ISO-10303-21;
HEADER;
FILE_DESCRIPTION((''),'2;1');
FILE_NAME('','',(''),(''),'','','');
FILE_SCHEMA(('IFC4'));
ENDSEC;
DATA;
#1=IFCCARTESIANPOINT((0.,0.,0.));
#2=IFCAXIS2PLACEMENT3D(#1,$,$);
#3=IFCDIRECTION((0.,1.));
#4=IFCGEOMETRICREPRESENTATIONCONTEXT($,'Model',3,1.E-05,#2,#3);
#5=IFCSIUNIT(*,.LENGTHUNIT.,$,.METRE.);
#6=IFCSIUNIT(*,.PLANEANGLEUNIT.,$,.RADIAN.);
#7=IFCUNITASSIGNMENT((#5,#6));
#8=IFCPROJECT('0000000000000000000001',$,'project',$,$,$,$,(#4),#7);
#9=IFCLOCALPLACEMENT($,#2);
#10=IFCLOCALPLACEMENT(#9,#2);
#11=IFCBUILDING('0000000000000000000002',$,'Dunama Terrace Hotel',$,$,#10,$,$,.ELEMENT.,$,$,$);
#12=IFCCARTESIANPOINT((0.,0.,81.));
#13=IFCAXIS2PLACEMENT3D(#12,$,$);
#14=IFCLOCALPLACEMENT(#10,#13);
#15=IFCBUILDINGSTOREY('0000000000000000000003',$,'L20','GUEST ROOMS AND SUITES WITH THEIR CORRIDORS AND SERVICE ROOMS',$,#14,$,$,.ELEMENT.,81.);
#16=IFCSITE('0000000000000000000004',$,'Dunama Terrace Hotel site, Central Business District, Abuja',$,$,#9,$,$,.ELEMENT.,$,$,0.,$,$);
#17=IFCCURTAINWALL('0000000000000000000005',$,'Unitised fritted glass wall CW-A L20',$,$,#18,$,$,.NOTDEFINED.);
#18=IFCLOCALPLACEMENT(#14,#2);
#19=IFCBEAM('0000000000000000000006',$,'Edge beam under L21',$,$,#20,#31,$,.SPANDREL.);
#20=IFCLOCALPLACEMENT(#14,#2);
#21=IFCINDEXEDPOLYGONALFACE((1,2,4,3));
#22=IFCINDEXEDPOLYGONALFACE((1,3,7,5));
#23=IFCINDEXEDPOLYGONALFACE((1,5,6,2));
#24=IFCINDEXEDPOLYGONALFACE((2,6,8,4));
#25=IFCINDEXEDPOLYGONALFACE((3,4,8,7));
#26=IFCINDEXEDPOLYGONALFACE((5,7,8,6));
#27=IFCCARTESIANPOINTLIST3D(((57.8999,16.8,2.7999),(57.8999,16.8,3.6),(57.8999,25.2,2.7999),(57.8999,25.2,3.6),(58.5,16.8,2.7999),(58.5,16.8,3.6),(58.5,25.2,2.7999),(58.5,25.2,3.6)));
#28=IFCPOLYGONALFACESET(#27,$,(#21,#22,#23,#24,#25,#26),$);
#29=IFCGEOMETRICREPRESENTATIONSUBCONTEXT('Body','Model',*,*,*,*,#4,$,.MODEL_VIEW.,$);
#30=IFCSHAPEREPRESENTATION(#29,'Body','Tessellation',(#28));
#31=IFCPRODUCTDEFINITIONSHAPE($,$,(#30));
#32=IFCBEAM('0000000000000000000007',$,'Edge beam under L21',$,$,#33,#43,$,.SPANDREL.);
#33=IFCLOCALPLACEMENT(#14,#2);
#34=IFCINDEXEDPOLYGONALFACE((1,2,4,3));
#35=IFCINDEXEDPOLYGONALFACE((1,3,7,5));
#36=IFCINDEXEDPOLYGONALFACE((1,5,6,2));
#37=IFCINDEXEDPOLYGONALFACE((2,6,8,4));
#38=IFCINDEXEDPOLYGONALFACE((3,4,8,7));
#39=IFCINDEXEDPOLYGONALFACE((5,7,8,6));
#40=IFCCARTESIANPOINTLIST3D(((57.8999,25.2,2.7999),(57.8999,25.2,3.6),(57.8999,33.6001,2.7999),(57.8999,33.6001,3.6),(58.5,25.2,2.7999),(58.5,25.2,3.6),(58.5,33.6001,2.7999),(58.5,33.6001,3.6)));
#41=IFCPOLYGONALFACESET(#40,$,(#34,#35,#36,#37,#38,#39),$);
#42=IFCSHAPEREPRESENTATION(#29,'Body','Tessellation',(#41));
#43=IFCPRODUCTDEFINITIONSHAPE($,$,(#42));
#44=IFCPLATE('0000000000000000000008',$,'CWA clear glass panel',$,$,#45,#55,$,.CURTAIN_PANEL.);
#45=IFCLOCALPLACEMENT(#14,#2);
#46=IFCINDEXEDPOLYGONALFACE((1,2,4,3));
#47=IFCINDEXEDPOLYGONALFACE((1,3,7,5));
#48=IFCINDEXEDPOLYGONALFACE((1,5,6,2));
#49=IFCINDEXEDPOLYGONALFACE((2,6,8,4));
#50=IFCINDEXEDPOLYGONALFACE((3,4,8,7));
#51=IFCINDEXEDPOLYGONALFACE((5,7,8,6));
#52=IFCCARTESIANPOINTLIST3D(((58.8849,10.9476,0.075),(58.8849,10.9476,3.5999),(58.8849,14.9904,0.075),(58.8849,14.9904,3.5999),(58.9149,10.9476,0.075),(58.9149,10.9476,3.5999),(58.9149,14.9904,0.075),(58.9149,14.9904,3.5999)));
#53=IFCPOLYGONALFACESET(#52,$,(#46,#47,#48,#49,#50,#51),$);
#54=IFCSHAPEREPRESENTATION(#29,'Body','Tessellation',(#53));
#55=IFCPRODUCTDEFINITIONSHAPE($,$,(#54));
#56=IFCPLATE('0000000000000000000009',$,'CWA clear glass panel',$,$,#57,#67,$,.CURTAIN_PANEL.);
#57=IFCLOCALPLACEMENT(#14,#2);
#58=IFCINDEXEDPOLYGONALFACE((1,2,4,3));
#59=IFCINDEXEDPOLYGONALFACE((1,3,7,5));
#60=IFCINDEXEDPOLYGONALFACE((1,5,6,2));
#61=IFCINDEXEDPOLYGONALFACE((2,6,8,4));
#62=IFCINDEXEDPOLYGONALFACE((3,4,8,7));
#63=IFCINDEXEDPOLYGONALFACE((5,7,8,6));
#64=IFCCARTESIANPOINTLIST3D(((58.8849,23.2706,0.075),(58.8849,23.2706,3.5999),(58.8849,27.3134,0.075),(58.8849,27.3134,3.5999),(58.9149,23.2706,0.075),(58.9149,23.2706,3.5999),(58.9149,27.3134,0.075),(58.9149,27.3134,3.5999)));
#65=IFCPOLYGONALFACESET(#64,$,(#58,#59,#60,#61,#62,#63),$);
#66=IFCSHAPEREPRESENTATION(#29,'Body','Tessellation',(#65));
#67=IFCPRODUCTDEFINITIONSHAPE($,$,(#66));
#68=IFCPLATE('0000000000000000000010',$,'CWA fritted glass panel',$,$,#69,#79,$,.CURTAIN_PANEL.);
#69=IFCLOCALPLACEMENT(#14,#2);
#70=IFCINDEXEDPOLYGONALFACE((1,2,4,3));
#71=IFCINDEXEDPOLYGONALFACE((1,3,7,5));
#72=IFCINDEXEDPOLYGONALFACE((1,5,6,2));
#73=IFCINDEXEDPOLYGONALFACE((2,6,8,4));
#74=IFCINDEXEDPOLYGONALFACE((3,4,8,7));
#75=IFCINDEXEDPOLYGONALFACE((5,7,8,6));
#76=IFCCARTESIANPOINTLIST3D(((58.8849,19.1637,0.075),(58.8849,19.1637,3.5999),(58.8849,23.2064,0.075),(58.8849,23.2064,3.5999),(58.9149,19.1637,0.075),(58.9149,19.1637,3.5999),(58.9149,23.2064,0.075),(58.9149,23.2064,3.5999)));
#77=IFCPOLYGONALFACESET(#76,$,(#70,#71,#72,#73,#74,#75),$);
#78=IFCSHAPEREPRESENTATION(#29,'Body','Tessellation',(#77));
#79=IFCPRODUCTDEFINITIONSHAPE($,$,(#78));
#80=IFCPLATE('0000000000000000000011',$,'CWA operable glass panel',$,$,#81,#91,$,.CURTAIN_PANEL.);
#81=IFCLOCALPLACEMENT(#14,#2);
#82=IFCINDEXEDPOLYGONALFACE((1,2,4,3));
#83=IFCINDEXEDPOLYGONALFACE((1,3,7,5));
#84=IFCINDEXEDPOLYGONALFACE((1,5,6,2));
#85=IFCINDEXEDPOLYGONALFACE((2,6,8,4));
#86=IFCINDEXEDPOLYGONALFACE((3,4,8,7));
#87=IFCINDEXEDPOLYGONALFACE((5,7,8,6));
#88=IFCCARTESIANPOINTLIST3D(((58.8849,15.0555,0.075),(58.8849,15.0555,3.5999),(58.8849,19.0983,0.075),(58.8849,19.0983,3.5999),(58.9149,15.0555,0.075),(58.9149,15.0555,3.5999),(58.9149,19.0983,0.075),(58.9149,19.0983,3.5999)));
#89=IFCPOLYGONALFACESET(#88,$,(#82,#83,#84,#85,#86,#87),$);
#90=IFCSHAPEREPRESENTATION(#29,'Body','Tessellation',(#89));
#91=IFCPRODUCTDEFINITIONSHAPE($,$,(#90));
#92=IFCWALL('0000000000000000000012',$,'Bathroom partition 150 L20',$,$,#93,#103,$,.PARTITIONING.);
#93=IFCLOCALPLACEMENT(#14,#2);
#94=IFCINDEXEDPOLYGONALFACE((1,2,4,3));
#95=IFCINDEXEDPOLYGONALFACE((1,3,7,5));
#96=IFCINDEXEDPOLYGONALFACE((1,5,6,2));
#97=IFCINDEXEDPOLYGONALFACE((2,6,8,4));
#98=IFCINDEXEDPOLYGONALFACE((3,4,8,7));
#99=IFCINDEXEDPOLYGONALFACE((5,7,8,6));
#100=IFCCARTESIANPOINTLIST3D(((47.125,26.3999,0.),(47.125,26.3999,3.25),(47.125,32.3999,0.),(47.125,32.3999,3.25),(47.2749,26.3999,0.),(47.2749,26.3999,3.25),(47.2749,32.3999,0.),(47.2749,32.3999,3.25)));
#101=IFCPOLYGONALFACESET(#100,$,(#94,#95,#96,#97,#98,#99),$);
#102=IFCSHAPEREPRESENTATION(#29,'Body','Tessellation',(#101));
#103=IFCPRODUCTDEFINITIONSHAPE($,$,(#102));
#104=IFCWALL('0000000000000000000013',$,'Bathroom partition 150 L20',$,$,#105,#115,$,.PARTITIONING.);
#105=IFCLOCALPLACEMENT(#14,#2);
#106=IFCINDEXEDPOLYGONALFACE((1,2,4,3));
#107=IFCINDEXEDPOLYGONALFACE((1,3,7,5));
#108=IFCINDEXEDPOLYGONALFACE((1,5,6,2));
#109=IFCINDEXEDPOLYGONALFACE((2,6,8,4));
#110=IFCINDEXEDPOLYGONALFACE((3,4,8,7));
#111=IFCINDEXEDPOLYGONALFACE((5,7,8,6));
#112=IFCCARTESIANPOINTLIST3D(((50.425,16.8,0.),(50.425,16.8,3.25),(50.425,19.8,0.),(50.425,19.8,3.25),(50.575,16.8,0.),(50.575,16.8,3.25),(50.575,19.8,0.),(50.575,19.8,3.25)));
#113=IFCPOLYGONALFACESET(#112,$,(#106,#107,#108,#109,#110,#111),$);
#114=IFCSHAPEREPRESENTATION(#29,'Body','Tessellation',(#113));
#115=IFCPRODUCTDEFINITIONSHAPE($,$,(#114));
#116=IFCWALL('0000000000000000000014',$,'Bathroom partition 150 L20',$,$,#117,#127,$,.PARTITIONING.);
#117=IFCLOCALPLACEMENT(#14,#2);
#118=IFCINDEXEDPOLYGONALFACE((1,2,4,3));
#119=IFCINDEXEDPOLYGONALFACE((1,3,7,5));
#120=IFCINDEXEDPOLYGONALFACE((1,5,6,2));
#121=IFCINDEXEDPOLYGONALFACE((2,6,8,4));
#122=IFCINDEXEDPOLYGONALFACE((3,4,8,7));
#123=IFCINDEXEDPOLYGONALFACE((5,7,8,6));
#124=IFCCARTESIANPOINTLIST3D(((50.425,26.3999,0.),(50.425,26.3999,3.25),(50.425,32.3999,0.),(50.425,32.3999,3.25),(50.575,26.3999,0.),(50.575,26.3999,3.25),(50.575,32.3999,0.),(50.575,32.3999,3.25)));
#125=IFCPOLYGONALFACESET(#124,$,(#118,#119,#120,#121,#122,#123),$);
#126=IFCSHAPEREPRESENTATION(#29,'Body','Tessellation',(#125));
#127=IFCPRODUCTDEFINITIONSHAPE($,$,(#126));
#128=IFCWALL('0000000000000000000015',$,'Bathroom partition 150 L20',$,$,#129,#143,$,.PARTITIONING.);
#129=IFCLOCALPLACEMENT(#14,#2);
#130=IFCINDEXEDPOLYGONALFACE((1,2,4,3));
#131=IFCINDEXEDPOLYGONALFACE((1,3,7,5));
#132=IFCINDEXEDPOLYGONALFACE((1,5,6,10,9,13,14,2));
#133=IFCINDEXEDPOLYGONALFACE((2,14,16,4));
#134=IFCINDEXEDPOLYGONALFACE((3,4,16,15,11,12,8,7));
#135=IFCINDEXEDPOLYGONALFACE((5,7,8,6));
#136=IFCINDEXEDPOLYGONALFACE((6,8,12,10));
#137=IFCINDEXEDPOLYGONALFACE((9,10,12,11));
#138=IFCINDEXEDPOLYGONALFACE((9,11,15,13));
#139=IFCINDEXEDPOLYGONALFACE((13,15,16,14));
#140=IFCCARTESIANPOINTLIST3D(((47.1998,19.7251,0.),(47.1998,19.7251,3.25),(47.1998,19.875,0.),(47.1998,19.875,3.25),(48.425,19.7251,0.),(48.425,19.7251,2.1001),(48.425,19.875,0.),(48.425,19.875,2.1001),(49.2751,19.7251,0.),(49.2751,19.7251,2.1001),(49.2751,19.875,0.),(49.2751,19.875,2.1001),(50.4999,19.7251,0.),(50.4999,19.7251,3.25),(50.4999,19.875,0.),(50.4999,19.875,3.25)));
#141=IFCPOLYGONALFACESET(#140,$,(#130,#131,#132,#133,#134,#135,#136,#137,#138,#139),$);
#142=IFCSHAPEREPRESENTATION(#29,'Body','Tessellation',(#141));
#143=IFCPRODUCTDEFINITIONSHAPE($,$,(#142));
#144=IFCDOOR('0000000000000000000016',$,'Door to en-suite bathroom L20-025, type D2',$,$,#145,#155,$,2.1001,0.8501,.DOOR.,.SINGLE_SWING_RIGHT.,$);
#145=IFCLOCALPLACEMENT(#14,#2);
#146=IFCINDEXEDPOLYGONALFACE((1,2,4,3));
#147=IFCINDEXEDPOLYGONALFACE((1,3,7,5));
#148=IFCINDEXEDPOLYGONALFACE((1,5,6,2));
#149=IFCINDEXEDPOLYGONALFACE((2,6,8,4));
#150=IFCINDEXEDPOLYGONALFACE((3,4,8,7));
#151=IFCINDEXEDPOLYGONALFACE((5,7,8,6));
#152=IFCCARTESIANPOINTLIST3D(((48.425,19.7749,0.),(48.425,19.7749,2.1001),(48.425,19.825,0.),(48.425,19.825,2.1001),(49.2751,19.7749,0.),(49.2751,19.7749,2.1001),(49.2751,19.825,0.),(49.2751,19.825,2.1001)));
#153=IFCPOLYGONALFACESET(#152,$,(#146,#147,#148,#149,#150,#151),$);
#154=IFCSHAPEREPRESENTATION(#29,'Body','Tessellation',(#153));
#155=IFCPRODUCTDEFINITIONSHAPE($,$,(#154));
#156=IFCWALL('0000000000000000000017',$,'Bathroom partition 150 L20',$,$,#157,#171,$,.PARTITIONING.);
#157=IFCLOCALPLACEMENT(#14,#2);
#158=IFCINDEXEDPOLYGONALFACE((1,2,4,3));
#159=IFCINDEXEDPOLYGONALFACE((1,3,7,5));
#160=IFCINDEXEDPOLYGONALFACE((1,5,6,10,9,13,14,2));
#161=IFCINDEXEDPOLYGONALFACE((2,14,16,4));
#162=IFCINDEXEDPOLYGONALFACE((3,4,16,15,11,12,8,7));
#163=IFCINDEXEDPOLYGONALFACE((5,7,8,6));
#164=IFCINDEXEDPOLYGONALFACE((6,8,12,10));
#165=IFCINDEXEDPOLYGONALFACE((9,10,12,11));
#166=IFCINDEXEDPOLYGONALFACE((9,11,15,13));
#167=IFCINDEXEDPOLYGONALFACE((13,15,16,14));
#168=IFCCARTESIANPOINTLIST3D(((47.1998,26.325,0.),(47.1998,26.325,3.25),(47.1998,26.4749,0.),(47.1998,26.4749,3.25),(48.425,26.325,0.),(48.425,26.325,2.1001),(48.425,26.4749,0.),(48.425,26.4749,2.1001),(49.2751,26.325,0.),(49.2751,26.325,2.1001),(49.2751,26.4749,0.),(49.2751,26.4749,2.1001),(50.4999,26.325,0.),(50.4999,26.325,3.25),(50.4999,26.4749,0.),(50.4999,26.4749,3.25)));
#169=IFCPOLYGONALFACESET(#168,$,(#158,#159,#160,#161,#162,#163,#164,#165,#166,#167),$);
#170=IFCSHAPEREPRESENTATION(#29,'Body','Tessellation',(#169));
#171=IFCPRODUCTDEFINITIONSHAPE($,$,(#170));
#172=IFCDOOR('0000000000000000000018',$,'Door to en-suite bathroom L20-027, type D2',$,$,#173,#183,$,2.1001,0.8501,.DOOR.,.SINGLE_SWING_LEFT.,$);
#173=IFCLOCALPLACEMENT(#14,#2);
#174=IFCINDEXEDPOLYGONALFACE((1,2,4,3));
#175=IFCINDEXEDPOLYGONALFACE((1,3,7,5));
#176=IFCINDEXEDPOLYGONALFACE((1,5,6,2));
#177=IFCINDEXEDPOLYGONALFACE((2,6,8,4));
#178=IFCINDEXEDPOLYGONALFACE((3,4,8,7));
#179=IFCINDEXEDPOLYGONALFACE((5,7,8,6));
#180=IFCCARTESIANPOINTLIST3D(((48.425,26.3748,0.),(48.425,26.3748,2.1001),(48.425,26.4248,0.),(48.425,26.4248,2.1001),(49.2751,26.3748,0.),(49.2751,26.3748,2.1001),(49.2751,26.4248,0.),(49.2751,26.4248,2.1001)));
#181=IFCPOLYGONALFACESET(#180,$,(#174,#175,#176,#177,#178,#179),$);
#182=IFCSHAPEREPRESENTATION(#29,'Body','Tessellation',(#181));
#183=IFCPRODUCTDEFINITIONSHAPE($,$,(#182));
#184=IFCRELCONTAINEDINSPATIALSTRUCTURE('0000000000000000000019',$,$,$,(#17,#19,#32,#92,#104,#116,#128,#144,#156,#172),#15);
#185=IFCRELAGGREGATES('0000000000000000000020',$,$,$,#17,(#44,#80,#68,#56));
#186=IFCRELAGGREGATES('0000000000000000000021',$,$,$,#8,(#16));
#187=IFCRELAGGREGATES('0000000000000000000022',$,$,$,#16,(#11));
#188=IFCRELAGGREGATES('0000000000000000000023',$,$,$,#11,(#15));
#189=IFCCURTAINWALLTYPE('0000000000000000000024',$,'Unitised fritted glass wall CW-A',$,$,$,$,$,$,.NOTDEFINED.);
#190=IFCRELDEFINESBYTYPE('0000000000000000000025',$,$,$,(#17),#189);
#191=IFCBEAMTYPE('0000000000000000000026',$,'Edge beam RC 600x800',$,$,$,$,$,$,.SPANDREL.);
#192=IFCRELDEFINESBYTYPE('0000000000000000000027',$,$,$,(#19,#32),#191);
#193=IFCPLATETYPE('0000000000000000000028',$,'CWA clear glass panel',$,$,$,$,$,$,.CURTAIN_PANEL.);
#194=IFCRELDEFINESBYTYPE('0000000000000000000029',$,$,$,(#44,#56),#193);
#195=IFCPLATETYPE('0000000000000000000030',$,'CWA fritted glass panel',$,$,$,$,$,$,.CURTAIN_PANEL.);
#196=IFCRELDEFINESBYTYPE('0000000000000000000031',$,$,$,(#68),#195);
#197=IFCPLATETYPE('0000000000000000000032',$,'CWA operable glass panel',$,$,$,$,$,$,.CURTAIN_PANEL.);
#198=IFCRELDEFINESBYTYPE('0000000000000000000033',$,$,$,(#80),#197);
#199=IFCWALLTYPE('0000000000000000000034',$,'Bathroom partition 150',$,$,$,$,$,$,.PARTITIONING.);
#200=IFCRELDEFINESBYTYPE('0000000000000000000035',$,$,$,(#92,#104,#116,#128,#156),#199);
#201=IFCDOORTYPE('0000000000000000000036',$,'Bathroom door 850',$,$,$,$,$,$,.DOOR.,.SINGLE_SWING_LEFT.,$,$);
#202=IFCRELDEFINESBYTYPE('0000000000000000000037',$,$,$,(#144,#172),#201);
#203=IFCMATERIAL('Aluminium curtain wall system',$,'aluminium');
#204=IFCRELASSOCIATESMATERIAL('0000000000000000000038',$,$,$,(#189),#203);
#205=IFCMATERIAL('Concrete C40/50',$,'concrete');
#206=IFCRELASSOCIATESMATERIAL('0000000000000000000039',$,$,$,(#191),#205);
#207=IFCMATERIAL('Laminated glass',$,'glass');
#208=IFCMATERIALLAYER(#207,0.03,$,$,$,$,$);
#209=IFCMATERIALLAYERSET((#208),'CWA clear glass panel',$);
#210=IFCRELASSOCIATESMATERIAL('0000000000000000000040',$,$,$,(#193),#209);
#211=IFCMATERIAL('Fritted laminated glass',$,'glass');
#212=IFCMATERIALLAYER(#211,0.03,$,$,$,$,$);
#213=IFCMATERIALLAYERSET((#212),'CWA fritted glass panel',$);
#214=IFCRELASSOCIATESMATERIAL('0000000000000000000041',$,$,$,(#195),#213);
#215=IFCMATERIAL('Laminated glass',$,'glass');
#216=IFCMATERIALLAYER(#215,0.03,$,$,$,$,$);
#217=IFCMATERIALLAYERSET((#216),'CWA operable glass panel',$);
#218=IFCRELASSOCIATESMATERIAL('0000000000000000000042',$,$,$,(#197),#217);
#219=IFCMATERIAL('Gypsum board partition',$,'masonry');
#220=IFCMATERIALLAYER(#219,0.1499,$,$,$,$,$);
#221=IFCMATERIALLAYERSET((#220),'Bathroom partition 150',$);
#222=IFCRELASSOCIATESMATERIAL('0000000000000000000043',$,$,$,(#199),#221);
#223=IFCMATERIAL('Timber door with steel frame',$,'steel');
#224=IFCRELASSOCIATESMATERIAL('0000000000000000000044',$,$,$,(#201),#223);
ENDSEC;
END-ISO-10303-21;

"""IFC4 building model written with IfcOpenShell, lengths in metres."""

from ifc_helpers import new_model, si_unit, direction, frame, frame_2d, origin, origin_2d, place, context, subcontext, project, spatial, rectangle, extrude, material, layer, layer_set, material_profile, profile_set, type_object, element, fill, aggregate, save


model = new_model("IFC4")

# Units and contexts
model_context = context("Model", 3, precision=1e-05, world=origin(), true_north=direction((0.0, 1.0)))
body_context = subcontext(model_context, "Body", "Model", "MODEL_VIEW")
ifc_project = project(units=[si_unit("LENGTHUNIT", "METRE"), si_unit("PLANEANGLEUNIT", "RADIAN")], contexts=[model_context])

# Site, building, storey
site_placement = place(None, origin())
site = spatial("IfcSite", under=ifc_project, at=site_placement, Name="Dunama Terrace Hotel site, Central Business District, Abuja", CompositionType="ELEMENT", RefElevation=0.0)
building_placement = place(site_placement, origin())
building = spatial("IfcBuilding", under=site, at=building_placement, Name="Dunama Terrace Hotel", CompositionType="ELEMENT")
storey_placement = place(building_placement, frame((0.0, 0.0, 81.0)))
storey = spatial("IfcBuildingStorey", under=building, at=storey_placement, Name="L20", Description="GUEST ROOMS AND SUITES WITH THEIR CORRIDORS AND SERVICE ROOMS", CompositionType="ELEMENT", Elevation=81.0)

# Curtain wall
ifc_material_1 = material(Name="Aluminium curtain wall system", Category="aluminium")
curtain_wall_type = type_object("IfcCurtainWallType", Name="Unitised fritted glass wall CW-A", PredefinedType="NOTDEFINED", material=ifc_material_1)
curtain_wall_placement = place(storey_placement, origin())
curtain_wall = element("IfcCurtainWall", 1, at=curtain_wall_placement, inside=storey, type_object=curtain_wall_type, Name="Unitised fritted glass wall CW-A L20", PredefinedType="NOTDEFINED")

# Beams
ifc_material_2 = material(Name="Concrete C40/50", Category="concrete")
ifc_material_profile_1 = material_profile(ifc_material_2, rectangle(XDim=0.6001, YDim=0.8, at=origin_2d()), Name="RC 600x800")
ifc_profile_set_1 = profile_set([ifc_material_profile_1], Name="Concrete C40/50")
beam_type = type_object("IfcBeamType", Name="Edge beam RC 600x800", PredefinedType="SPANDREL", material=ifc_profile_set_1)
beam_1_placement = place(storey_placement, frame((58.2, 16.8, 3.2), z_axis=(0.0, 1.0, 0.0), x_axis=(-1.0, 0.0, 0.0)))
element("IfcBeam", 2, at=beam_1_placement, inside=storey, type_object=beam_type, Name="Edge beam under L21", PredefinedType="SPANDREL", context=body_context, shape_type="SweptSolid", body=[
    extrude(rectangle(XDim=0.6001, YDim=0.8, at=origin_2d()), origin(), (0.0, 0.0, 1.0), 8.3999),
])
beam_2_placement = place(storey_placement, frame((58.2, 25.2, 3.2), z_axis=(0.0, 1.0, 0.0), x_axis=(-1.0, 0.0, 0.0)))
element("IfcBeam", 3, at=beam_2_placement, inside=storey, type_object=beam_type, Name="Edge beam under L21", PredefinedType="SPANDREL", context=body_context, shape_type="SweptSolid", body=[
    extrude(rectangle(XDim=0.6001, YDim=0.8, at=origin_2d()), origin(), (0.0, 0.0, 1.0), 8.4001),
])

# Plates
ifc_material_3 = material(Name="Laminated glass", Category="glass")
ifc_layer_1 = layer(ifc_material_3, 0.03)
ifc_layer_set_1 = layer_set([ifc_layer_1], Name="CWA clear glass panel")
plate_type_1 = type_object("IfcPlateType", Name="CWA clear glass panel", PredefinedType="CURTAIN_PANEL", material=ifc_layer_set_1)
plate_1_placement = place(storey_placement, frame((58.8999, 12.969, 0.075), z_axis=(0.0, 0.0, 1.0), x_axis=(0.0, 1.0, 0.0)))
plate_1 = element("IfcPlate", 4, at=plate_1_placement, type_object=plate_type_1, Name="CWA clear glass panel", PredefinedType="CURTAIN_PANEL", context=body_context, shape_type="SweptSolid", body=[
    extrude(rectangle(XDim=4.0427, YDim=0.03, at=origin_2d()), origin(), (0.0, 0.0, 1.0), 3.5249),
])
plate_2_placement = place(storey_placement, frame((58.8999, 25.292, 0.075), z_axis=(0.0, 0.0, 1.0), x_axis=(0.0, 1.0, 0.0)))
plate_2 = element("IfcPlate", 5, at=plate_2_placement, type_object=plate_type_1, Name="CWA clear glass panel", PredefinedType="CURTAIN_PANEL", context=body_context, shape_type="SweptSolid", body=[
    extrude(rectangle(XDim=4.0427, YDim=0.03, at=origin_2d()), origin(), (0.0, 0.0, 1.0), 3.5249),
])
ifc_material_4 = material(Name="Fritted laminated glass", Category="glass")
ifc_layer_2 = layer(ifc_material_4, 0.03)
ifc_layer_set_2 = layer_set([ifc_layer_2], Name="CWA fritted glass panel")
plate_type_2 = type_object("IfcPlateType", Name="CWA fritted glass panel", PredefinedType="CURTAIN_PANEL", material=ifc_layer_set_2)
plate_3_placement = place(storey_placement, frame((58.8999, 21.1851, 0.075), z_axis=(0.0, 0.0, 1.0), x_axis=(0.0, 1.0, 0.0)))
plate_3 = element("IfcPlate", 6, at=plate_3_placement, type_object=plate_type_2, Name="CWA fritted glass panel", PredefinedType="CURTAIN_PANEL", context=body_context, shape_type="SweptSolid", body=[
    extrude(rectangle(XDim=4.0427, YDim=0.03, at=origin_2d()), origin(), (0.0, 0.0, 1.0), 3.5249),
])
ifc_material_5 = material(Name="Laminated glass", Category="glass")
ifc_layer_3 = layer(ifc_material_5, 0.03)
ifc_layer_set_3 = layer_set([ifc_layer_3], Name="CWA operable glass panel")
plate_type_3 = type_object("IfcPlateType", Name="CWA operable glass panel", PredefinedType="CURTAIN_PANEL", material=ifc_layer_set_3)
plate_4_placement = place(storey_placement, frame((58.8999, 17.0769, 0.075), z_axis=(0.0, 0.0, 1.0), x_axis=(0.0, 1.0, 0.0)))
plate_4 = element("IfcPlate", 7, at=plate_4_placement, type_object=plate_type_3, Name="CWA operable glass panel", PredefinedType="CURTAIN_PANEL", context=body_context, shape_type="SweptSolid", body=[
    extrude(rectangle(XDim=4.0427, YDim=0.03, at=origin_2d()), origin(), (0.0, 0.0, 1.0), 3.5249),
])
aggregate(curtain_wall, [plate_1, plate_4, plate_3, plate_2])

# Walls
ifc_material_6 = material(Name="Gypsum board partition", Category="masonry")
ifc_layer_4 = layer(ifc_material_6, 0.1499)
ifc_layer_set_4 = layer_set([ifc_layer_4], Name="Bathroom partition 150")
wall_type = type_object("IfcWallType", Name="Bathroom partition 150", PredefinedType="PARTITIONING", material=ifc_layer_set_4)
wall_1_placement = place(storey_placement, frame((47.2, 26.3999, 0.0), z_axis=(0.0, 0.0, 1.0), x_axis=(0.0, 1.0, 0.0)))
element("IfcWall", 8, at=wall_1_placement, inside=storey, type_object=wall_type, Name="Bathroom partition 150 L20", PredefinedType="PARTITIONING", context=body_context, shape_type="SweptSolid", body=[
    extrude(rectangle(XDim=6.0, YDim=0.1499, at=frame_2d((3.0, 0.0))), origin(), (0.0, 0.0, 1.0), 3.25),
])
wall_2_placement = place(storey_placement, frame((50.5, 16.8, 0.0), z_axis=(0.0, 0.0, 1.0), x_axis=(0.0, 1.0, 0.0)))
element("IfcWall", 9, at=wall_2_placement, inside=storey, type_object=wall_type, Name="Bathroom partition 150 L20", PredefinedType="PARTITIONING", context=body_context, shape_type="SweptSolid", body=[
    extrude(rectangle(XDim=3.0, YDim=0.1499, at=frame_2d((1.5, 0.0))), origin(), (0.0, 0.0, 1.0), 3.25),
])
wall_3_placement = place(storey_placement, frame((50.5, 26.3999, 0.0), z_axis=(0.0, 0.0, 1.0), x_axis=(0.0, 1.0, 0.0)))
element("IfcWall", 10, at=wall_3_placement, inside=storey, type_object=wall_type, Name="Bathroom partition 150 L20", PredefinedType="PARTITIONING", context=body_context, shape_type="SweptSolid", body=[
    extrude(rectangle(XDim=6.0, YDim=0.1499, at=frame_2d((3.0, 0.0))), origin(), (0.0, 0.0, 1.0), 3.25),
])

# Walls, openings, doors
wall_4_placement = place(storey_placement, frame((47.2, 19.8, 0.0), z_axis=(0.0, 0.0, 1.0), x_axis=(1.0, 0.0, 0.0)))
wall_4 = element("IfcWall", 11, at=wall_4_placement, inside=storey, type_object=wall_type, Name="Bathroom partition 150 L20", PredefinedType="PARTITIONING", context=body_context, shape_type="SweptSolid", body=[
    extrude(rectangle(XDim=3.3, YDim=0.1499, at=frame_2d((1.6499, 0.0))), origin(), (0.0, 0.0, 1.0), 3.25),
])
opening_1_placement = place(wall_4_placement, frame((1.2251, 0.0, 0.0)))
opening_1 = element("IfcOpeningElement", 12, at=opening_1_placement, cuts=wall_4, PredefinedType="OPENING", context=body_context, shape_type="SweptSolid", body=[
    extrude(rectangle(XDim=0.8501, YDim=2.1001, at=frame_2d((0.425, 1.05))), frame((0.0, 0.085, 0.0), z_axis=(0.0, -1.0, 0.0), x_axis=(1.0, 0.0, 0.0)), (0.0, 0.0, 1.0), 0.1699),
])
ifc_material_7 = material(Name="Timber door with steel frame", Category="steel")
door_type = type_object("IfcDoorType", Name="Bathroom door 850", OperationType="SINGLE_SWING_LEFT", PredefinedType="DOOR", material=ifc_material_7)
door_1_placement = place(opening_1_placement, frame((0.8501, 0.0, 0.0), z_axis=(0.0, 0.0, 1.0), x_axis=(-1.0, 0.0, 0.0)))
door_1 = element("IfcDoor", 13, at=door_1_placement, inside=storey, type_object=door_type, Name="Door to en-suite bathroom L20-025, type D2", OperationType="SINGLE_SWING_RIGHT", OverallHeight=2.1001, OverallWidth=0.8501, PredefinedType="DOOR", context=body_context, shape_type="SweptSolid", body=[
    extrude(rectangle(XDim=0.8501, YDim=2.1001, at=frame_2d((0.425, 1.05))), frame((0.0, 0.0251, 0.0), z_axis=(0.0, -1.0, 0.0), x_axis=(1.0, 0.0, 0.0)), (0.0, 0.0, 1.0), 0.05),
])
fill(opening_1, door_1)
wall_5_placement = place(storey_placement, frame((47.2, 26.3999, 0.0), z_axis=(0.0, 0.0, 1.0), x_axis=(1.0, 0.0, 0.0)))
wall_5 = element("IfcWall", 14, at=wall_5_placement, inside=storey, type_object=wall_type, Name="Bathroom partition 150 L20", PredefinedType="PARTITIONING", context=body_context, shape_type="SweptSolid", body=[
    extrude(rectangle(XDim=3.3, YDim=0.1499, at=frame_2d((1.6499, 0.0))), origin(), (0.0, 0.0, 1.0), 3.25),
])
opening_2_placement = place(wall_5_placement, frame((1.2251, 0.0, 0.0)))
opening_2 = element("IfcOpeningElement", 15, at=opening_2_placement, cuts=wall_5, PredefinedType="OPENING", context=body_context, shape_type="SweptSolid", body=[
    extrude(rectangle(XDim=0.8501, YDim=2.1001, at=frame_2d((0.425, 1.05))), frame((0.0, 0.085, 0.0), z_axis=(0.0, -1.0, 0.0), x_axis=(1.0, 0.0, 0.0)), (0.0, 0.0, 1.0), 0.1699),
])
door_2_placement = place(opening_2_placement, origin())
door_2 = element("IfcDoor", 16, at=door_2_placement, inside=storey, type_object=door_type, Name="Door to en-suite bathroom L20-027, type D2", OperationType="SINGLE_SWING_LEFT", OverallHeight=2.1001, OverallWidth=0.8501, PredefinedType="DOOR", context=body_context, shape_type="SweptSolid", body=[
    extrude(rectangle(XDim=0.8501, YDim=2.1001, at=frame_2d((0.425, 1.05))), frame((0.0, 0.0249, 0.0), z_axis=(0.0, -1.0, 0.0), x_axis=(1.0, 0.0, 0.0)), (0.0, 0.0, 1.0), 0.05),
])
fill(opening_2, door_2)

save(model, "model.ifc")
